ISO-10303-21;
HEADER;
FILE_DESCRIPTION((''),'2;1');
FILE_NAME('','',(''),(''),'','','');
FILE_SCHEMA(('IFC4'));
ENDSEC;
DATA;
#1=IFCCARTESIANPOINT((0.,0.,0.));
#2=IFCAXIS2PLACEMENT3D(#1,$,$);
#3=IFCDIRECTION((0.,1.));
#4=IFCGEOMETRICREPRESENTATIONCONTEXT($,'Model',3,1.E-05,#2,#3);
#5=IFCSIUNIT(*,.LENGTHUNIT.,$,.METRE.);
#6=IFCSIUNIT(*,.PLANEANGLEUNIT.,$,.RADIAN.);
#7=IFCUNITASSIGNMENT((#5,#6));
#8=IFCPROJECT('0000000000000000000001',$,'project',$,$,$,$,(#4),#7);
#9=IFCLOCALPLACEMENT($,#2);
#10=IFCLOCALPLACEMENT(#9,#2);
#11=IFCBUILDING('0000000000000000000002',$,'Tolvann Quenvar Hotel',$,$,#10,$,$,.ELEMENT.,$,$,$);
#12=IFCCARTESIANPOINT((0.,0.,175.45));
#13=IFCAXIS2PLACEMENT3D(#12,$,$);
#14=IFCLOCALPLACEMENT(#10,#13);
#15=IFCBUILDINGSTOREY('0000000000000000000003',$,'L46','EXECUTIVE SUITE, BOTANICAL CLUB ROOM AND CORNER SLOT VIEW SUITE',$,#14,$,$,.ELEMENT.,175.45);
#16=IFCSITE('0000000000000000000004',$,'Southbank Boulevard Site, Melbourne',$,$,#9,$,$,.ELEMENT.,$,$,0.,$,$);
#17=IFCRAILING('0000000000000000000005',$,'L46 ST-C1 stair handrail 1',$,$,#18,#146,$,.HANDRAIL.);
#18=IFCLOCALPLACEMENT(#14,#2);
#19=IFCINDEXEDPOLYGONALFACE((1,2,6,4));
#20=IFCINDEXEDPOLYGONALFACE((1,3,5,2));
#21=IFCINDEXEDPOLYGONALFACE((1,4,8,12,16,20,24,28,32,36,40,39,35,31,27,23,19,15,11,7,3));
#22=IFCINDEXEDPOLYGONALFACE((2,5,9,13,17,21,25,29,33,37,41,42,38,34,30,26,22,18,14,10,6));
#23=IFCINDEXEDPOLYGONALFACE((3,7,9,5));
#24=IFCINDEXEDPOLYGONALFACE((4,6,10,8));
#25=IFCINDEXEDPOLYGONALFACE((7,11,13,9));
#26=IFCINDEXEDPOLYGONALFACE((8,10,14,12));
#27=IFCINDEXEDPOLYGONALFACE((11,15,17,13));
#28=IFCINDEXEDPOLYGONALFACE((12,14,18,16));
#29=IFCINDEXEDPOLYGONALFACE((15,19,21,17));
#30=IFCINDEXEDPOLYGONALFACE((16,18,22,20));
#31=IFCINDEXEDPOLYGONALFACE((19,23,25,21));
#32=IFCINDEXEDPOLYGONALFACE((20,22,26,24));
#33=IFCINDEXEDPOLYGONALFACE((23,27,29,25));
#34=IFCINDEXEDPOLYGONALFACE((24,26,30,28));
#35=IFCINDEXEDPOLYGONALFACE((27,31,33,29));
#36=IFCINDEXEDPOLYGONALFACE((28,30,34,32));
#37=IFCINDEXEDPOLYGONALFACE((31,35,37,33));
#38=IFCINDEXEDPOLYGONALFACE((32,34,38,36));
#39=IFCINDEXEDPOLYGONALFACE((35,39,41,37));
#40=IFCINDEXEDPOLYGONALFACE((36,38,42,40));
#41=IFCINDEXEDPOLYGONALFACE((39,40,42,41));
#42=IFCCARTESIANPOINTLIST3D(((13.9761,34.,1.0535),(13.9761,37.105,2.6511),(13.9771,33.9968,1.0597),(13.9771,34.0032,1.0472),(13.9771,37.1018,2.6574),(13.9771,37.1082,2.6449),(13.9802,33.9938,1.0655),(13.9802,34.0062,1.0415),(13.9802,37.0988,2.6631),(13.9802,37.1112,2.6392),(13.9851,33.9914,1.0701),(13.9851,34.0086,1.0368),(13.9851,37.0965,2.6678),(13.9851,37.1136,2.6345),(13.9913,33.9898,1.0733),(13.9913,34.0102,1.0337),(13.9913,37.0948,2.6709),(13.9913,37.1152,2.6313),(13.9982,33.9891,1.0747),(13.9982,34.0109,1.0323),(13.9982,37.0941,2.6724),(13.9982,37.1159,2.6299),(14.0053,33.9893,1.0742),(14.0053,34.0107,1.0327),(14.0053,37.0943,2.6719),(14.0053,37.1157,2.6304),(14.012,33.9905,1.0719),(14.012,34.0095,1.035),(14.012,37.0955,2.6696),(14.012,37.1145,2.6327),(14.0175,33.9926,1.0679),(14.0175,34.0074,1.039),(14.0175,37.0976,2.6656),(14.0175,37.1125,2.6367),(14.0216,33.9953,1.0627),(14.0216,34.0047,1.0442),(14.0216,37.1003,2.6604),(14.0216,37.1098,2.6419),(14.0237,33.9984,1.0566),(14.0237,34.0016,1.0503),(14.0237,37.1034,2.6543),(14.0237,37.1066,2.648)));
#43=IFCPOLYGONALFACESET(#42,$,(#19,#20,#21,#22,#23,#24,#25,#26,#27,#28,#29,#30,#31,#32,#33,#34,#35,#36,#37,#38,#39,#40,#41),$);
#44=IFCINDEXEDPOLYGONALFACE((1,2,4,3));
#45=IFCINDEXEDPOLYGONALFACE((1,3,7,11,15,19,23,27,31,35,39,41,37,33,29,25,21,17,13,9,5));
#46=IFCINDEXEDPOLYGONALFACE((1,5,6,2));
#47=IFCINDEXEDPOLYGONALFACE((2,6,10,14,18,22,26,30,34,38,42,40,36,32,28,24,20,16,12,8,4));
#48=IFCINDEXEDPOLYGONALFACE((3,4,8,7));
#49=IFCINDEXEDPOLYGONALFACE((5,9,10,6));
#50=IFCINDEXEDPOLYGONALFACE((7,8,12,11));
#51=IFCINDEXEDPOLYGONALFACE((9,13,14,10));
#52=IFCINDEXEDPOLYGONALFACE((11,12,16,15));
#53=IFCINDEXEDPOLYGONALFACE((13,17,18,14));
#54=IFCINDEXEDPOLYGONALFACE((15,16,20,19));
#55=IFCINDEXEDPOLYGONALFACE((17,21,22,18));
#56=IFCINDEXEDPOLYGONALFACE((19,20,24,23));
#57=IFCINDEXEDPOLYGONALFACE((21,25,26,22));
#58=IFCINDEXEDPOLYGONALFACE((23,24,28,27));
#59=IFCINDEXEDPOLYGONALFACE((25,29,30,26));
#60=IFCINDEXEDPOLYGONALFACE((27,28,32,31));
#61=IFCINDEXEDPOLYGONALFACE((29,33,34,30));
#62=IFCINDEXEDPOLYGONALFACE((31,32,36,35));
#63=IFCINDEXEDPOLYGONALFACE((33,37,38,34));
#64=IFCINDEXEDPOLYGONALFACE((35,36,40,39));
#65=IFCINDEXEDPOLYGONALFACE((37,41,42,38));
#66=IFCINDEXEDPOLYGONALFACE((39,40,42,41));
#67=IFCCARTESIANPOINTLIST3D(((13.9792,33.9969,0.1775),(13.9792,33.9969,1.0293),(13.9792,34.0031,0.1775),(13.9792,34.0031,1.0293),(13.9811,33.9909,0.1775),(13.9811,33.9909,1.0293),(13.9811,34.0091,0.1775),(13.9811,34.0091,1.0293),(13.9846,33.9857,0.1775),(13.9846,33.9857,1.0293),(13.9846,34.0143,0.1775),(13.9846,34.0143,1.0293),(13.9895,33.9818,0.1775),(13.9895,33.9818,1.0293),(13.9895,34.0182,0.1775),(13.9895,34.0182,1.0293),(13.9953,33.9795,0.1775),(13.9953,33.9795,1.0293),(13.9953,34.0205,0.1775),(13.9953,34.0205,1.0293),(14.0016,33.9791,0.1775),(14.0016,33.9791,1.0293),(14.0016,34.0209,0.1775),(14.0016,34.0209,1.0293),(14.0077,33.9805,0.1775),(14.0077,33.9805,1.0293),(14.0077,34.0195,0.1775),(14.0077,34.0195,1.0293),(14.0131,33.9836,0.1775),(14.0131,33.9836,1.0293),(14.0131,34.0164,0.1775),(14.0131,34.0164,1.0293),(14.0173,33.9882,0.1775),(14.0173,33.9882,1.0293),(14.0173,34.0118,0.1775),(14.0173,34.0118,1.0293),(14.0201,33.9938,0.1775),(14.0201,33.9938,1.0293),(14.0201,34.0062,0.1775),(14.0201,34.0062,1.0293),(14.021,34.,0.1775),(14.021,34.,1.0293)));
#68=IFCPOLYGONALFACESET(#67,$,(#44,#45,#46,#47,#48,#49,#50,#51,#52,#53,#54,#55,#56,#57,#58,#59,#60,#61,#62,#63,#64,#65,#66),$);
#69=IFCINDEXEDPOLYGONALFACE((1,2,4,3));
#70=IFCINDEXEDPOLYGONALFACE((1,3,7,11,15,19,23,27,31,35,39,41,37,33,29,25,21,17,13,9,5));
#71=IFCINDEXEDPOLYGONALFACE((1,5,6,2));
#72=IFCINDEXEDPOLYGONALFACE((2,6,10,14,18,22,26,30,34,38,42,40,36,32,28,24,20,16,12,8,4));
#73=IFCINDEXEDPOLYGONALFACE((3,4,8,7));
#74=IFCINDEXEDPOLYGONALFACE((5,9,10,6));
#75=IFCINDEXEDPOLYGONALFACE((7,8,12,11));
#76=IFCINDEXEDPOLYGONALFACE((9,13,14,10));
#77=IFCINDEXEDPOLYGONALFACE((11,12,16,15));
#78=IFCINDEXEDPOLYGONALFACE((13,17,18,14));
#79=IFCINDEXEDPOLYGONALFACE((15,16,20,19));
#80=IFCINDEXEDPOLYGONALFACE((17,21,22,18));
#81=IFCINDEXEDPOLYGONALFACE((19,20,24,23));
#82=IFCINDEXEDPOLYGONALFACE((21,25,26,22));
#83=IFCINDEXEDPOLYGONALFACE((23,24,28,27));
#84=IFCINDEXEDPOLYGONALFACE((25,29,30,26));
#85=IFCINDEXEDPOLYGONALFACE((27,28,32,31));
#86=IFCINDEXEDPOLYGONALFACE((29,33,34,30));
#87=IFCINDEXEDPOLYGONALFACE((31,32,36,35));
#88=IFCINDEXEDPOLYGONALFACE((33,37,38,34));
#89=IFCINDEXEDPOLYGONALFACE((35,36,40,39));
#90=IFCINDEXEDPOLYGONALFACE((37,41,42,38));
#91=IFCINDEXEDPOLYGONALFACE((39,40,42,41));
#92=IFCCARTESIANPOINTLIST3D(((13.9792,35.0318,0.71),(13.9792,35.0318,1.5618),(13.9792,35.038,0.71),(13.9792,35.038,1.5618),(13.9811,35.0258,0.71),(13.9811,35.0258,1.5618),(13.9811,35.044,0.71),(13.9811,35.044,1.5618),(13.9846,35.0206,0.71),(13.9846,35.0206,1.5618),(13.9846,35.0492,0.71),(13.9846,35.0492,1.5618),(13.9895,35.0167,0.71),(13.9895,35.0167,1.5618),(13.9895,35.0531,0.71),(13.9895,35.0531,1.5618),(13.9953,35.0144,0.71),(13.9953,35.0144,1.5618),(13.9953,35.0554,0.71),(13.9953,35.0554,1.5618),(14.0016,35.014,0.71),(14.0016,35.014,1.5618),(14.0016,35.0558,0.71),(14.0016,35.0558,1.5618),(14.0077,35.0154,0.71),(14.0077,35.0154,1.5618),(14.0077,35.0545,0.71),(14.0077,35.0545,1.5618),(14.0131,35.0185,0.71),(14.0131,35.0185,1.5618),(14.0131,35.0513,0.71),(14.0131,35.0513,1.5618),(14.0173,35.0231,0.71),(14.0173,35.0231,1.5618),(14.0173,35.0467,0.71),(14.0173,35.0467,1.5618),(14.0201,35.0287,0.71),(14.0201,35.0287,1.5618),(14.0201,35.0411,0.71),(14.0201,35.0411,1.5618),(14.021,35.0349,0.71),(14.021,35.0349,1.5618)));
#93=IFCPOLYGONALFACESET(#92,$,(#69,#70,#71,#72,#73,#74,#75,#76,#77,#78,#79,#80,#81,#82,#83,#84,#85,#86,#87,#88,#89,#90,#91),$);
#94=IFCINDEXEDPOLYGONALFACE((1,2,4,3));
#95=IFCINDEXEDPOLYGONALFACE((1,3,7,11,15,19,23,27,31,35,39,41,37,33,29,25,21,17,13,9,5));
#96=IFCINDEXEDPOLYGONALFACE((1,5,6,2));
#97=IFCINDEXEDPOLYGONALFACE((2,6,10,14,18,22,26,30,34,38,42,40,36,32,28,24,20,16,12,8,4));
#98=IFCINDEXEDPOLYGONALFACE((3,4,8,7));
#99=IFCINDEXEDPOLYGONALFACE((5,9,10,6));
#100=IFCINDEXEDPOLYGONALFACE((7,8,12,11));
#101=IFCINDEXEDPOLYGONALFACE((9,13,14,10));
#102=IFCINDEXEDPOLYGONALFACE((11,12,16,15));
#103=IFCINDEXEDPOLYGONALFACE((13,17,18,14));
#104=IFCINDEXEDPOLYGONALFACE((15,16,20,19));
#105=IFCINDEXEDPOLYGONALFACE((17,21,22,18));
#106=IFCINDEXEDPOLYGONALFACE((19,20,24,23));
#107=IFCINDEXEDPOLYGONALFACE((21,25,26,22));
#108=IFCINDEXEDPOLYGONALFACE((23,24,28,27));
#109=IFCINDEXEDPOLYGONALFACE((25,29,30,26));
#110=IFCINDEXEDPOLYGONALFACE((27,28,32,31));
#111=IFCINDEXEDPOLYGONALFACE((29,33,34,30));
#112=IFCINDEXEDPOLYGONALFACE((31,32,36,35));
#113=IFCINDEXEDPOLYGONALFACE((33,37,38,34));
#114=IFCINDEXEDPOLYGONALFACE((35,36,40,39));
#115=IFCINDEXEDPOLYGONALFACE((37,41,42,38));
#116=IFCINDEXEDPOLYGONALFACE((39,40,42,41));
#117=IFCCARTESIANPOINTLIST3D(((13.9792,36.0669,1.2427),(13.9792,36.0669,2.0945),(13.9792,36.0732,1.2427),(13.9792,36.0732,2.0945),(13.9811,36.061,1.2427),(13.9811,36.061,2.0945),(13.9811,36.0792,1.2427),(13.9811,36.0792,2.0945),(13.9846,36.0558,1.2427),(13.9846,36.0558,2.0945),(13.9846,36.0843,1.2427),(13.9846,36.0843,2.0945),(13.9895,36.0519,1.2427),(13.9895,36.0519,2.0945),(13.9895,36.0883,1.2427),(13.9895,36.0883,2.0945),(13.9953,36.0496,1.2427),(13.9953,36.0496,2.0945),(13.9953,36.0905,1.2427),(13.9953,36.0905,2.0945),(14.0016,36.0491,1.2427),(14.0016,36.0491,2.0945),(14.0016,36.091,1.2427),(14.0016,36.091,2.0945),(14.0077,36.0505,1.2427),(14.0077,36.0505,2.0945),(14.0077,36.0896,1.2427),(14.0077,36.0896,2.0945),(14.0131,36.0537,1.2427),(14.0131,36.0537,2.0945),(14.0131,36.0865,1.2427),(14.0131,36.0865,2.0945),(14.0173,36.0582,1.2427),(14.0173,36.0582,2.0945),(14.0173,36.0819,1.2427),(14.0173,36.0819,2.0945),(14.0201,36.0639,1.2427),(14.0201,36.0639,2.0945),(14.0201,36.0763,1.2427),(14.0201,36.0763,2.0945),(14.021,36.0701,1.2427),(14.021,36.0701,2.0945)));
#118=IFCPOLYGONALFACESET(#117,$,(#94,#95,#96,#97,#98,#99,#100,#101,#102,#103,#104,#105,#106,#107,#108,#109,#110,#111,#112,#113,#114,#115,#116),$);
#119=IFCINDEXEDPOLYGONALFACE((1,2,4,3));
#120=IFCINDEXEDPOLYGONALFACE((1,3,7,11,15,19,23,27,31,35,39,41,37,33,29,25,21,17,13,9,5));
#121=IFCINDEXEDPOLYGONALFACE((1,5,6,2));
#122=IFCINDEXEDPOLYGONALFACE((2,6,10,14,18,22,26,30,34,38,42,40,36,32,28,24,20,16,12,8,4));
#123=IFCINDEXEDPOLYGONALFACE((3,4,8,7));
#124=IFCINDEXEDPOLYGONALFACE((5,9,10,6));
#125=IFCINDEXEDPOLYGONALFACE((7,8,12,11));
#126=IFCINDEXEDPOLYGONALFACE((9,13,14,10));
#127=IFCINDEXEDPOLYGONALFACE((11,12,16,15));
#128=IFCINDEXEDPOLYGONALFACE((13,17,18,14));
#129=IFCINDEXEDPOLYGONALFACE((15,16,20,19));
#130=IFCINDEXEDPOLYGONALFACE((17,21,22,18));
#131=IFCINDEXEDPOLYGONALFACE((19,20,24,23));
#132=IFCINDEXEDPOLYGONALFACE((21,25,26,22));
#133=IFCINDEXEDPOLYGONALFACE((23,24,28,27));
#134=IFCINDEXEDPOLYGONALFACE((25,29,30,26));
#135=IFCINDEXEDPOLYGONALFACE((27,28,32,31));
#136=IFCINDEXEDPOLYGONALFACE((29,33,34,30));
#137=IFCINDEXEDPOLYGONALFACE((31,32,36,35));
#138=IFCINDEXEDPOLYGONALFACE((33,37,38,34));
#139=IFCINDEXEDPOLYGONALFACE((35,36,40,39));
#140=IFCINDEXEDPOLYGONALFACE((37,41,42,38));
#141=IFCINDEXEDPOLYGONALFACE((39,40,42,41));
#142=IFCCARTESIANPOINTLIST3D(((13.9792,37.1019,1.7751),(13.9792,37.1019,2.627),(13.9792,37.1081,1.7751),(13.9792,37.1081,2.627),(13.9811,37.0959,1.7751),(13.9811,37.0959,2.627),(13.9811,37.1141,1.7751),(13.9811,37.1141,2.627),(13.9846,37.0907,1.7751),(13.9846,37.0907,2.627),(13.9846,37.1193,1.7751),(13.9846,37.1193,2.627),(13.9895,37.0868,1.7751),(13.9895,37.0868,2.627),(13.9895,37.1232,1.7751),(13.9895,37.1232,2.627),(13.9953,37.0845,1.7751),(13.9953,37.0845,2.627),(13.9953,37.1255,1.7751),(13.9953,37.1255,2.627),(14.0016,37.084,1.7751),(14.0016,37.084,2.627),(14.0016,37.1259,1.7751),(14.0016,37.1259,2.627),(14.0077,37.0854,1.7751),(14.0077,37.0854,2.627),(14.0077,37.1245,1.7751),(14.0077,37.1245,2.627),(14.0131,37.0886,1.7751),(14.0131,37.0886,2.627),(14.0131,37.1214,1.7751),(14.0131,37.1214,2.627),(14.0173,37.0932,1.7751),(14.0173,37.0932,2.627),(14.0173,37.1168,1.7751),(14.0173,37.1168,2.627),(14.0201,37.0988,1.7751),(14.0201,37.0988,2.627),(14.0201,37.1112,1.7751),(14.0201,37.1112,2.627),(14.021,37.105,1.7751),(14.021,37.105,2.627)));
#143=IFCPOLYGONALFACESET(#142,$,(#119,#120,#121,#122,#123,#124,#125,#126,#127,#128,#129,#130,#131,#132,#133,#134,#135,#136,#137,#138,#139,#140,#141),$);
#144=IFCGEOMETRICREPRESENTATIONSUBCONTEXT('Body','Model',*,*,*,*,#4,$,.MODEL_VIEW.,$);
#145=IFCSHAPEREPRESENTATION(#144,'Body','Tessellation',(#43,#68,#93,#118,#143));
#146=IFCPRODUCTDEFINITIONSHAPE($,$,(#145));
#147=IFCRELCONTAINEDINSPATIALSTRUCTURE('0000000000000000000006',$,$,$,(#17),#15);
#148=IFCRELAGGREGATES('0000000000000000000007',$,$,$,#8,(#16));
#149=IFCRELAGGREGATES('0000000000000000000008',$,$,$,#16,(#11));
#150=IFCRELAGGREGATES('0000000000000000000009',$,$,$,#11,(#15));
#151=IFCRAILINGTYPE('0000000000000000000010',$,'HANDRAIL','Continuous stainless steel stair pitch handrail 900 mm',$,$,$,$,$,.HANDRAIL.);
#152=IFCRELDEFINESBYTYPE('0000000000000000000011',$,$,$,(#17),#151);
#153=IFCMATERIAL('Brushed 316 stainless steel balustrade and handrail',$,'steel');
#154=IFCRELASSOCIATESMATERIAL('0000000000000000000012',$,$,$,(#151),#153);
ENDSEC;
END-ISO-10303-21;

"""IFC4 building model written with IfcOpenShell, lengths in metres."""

from ifc_helpers import new_model, si_unit, direction, frame, origin, origin_2d, place, context, subcontext, project, spatial, circle, extrude, material, type_object, element, save


model = new_model("IFC4")

# Units and contexts
model_context = context("Model", 3, precision=1e-05, world=origin(), true_north=direction((0.0, 1.0)))
body_context = subcontext(model_context, "Body", "Model", "MODEL_VIEW")
ifc_project = project(units=[si_unit("LENGTHUNIT", "METRE"), si_unit("PLANEANGLEUNIT", "RADIAN")], contexts=[model_context])

# Site, building, storey
site_placement = place(None, origin())
site = spatial("IfcSite", under=ifc_project, at=site_placement, Name="Southbank Boulevard Site, Melbourne", CompositionType="ELEMENT", RefElevation=0.0)
building_placement = place(site_placement, origin())
building = spatial("IfcBuilding", under=site, at=building_placement, Name="Tolvann Quenvar Hotel", CompositionType="ELEMENT")
storey_placement = place(building_placement, frame((0.0, 0.0, 175.45)))
storey = spatial("IfcBuildingStorey", under=building, at=storey_placement, Name="L46", Description="EXECUTIVE SUITE, BOTANICAL CLUB ROOM AND CORNER SLOT VIEW SUITE", CompositionType="ELEMENT", Elevation=175.45)

# Railing
ifc_material_1 = material(Name="Brushed 316 stainless steel balustrade and handrail", Category="steel")
railing_type_1 = type_object("IfcRailingType", Name="HANDRAIL", Description="Continuous stainless steel stair pitch handrail 900 mm", PredefinedType="HANDRAIL", material=ifc_material_1)
railing_1_placement = place(storey_placement, frame((14.0, 34.0, 0.1775)))
element("IfcRailing", 1, at=railing_1_placement, inside=storey, type_object=railing_type_1, Name="L46 ST-C1 stair handrail 1", PredefinedType="HANDRAIL", context=body_context, shape_type="SweptSolid", body=[
    extrude(circle(Radius=0.0239, at=origin_2d()), frame((0.0, 0.0, 0.876), z_axis=(0.0, 0.889194, 0.457531), x_axis=(-1.0, 0.0, 0.0)), (0.0, 0.0, 1.0), 3.4919),
    extrude(circle(Radius=0.021, at=origin_2d()), origin(), (0.0, 0.0, 1.0), 0.8518),
    extrude(circle(Radius=0.021, at=origin_2d()), frame((0.0, 1.0349, 0.5325)), (0.0, 0.0, 1.0), 0.8518),
    extrude(circle(Radius=0.021, at=origin_2d()), frame((0.0, 2.0701, 1.0652)), (0.0, 0.0, 1.0), 0.8518),
    extrude(circle(Radius=0.021, at=origin_2d()), frame((0.0, 3.105, 1.5977)), (0.0, 0.0, 1.0), 0.8518),
])

save(model, "model.ifc")
